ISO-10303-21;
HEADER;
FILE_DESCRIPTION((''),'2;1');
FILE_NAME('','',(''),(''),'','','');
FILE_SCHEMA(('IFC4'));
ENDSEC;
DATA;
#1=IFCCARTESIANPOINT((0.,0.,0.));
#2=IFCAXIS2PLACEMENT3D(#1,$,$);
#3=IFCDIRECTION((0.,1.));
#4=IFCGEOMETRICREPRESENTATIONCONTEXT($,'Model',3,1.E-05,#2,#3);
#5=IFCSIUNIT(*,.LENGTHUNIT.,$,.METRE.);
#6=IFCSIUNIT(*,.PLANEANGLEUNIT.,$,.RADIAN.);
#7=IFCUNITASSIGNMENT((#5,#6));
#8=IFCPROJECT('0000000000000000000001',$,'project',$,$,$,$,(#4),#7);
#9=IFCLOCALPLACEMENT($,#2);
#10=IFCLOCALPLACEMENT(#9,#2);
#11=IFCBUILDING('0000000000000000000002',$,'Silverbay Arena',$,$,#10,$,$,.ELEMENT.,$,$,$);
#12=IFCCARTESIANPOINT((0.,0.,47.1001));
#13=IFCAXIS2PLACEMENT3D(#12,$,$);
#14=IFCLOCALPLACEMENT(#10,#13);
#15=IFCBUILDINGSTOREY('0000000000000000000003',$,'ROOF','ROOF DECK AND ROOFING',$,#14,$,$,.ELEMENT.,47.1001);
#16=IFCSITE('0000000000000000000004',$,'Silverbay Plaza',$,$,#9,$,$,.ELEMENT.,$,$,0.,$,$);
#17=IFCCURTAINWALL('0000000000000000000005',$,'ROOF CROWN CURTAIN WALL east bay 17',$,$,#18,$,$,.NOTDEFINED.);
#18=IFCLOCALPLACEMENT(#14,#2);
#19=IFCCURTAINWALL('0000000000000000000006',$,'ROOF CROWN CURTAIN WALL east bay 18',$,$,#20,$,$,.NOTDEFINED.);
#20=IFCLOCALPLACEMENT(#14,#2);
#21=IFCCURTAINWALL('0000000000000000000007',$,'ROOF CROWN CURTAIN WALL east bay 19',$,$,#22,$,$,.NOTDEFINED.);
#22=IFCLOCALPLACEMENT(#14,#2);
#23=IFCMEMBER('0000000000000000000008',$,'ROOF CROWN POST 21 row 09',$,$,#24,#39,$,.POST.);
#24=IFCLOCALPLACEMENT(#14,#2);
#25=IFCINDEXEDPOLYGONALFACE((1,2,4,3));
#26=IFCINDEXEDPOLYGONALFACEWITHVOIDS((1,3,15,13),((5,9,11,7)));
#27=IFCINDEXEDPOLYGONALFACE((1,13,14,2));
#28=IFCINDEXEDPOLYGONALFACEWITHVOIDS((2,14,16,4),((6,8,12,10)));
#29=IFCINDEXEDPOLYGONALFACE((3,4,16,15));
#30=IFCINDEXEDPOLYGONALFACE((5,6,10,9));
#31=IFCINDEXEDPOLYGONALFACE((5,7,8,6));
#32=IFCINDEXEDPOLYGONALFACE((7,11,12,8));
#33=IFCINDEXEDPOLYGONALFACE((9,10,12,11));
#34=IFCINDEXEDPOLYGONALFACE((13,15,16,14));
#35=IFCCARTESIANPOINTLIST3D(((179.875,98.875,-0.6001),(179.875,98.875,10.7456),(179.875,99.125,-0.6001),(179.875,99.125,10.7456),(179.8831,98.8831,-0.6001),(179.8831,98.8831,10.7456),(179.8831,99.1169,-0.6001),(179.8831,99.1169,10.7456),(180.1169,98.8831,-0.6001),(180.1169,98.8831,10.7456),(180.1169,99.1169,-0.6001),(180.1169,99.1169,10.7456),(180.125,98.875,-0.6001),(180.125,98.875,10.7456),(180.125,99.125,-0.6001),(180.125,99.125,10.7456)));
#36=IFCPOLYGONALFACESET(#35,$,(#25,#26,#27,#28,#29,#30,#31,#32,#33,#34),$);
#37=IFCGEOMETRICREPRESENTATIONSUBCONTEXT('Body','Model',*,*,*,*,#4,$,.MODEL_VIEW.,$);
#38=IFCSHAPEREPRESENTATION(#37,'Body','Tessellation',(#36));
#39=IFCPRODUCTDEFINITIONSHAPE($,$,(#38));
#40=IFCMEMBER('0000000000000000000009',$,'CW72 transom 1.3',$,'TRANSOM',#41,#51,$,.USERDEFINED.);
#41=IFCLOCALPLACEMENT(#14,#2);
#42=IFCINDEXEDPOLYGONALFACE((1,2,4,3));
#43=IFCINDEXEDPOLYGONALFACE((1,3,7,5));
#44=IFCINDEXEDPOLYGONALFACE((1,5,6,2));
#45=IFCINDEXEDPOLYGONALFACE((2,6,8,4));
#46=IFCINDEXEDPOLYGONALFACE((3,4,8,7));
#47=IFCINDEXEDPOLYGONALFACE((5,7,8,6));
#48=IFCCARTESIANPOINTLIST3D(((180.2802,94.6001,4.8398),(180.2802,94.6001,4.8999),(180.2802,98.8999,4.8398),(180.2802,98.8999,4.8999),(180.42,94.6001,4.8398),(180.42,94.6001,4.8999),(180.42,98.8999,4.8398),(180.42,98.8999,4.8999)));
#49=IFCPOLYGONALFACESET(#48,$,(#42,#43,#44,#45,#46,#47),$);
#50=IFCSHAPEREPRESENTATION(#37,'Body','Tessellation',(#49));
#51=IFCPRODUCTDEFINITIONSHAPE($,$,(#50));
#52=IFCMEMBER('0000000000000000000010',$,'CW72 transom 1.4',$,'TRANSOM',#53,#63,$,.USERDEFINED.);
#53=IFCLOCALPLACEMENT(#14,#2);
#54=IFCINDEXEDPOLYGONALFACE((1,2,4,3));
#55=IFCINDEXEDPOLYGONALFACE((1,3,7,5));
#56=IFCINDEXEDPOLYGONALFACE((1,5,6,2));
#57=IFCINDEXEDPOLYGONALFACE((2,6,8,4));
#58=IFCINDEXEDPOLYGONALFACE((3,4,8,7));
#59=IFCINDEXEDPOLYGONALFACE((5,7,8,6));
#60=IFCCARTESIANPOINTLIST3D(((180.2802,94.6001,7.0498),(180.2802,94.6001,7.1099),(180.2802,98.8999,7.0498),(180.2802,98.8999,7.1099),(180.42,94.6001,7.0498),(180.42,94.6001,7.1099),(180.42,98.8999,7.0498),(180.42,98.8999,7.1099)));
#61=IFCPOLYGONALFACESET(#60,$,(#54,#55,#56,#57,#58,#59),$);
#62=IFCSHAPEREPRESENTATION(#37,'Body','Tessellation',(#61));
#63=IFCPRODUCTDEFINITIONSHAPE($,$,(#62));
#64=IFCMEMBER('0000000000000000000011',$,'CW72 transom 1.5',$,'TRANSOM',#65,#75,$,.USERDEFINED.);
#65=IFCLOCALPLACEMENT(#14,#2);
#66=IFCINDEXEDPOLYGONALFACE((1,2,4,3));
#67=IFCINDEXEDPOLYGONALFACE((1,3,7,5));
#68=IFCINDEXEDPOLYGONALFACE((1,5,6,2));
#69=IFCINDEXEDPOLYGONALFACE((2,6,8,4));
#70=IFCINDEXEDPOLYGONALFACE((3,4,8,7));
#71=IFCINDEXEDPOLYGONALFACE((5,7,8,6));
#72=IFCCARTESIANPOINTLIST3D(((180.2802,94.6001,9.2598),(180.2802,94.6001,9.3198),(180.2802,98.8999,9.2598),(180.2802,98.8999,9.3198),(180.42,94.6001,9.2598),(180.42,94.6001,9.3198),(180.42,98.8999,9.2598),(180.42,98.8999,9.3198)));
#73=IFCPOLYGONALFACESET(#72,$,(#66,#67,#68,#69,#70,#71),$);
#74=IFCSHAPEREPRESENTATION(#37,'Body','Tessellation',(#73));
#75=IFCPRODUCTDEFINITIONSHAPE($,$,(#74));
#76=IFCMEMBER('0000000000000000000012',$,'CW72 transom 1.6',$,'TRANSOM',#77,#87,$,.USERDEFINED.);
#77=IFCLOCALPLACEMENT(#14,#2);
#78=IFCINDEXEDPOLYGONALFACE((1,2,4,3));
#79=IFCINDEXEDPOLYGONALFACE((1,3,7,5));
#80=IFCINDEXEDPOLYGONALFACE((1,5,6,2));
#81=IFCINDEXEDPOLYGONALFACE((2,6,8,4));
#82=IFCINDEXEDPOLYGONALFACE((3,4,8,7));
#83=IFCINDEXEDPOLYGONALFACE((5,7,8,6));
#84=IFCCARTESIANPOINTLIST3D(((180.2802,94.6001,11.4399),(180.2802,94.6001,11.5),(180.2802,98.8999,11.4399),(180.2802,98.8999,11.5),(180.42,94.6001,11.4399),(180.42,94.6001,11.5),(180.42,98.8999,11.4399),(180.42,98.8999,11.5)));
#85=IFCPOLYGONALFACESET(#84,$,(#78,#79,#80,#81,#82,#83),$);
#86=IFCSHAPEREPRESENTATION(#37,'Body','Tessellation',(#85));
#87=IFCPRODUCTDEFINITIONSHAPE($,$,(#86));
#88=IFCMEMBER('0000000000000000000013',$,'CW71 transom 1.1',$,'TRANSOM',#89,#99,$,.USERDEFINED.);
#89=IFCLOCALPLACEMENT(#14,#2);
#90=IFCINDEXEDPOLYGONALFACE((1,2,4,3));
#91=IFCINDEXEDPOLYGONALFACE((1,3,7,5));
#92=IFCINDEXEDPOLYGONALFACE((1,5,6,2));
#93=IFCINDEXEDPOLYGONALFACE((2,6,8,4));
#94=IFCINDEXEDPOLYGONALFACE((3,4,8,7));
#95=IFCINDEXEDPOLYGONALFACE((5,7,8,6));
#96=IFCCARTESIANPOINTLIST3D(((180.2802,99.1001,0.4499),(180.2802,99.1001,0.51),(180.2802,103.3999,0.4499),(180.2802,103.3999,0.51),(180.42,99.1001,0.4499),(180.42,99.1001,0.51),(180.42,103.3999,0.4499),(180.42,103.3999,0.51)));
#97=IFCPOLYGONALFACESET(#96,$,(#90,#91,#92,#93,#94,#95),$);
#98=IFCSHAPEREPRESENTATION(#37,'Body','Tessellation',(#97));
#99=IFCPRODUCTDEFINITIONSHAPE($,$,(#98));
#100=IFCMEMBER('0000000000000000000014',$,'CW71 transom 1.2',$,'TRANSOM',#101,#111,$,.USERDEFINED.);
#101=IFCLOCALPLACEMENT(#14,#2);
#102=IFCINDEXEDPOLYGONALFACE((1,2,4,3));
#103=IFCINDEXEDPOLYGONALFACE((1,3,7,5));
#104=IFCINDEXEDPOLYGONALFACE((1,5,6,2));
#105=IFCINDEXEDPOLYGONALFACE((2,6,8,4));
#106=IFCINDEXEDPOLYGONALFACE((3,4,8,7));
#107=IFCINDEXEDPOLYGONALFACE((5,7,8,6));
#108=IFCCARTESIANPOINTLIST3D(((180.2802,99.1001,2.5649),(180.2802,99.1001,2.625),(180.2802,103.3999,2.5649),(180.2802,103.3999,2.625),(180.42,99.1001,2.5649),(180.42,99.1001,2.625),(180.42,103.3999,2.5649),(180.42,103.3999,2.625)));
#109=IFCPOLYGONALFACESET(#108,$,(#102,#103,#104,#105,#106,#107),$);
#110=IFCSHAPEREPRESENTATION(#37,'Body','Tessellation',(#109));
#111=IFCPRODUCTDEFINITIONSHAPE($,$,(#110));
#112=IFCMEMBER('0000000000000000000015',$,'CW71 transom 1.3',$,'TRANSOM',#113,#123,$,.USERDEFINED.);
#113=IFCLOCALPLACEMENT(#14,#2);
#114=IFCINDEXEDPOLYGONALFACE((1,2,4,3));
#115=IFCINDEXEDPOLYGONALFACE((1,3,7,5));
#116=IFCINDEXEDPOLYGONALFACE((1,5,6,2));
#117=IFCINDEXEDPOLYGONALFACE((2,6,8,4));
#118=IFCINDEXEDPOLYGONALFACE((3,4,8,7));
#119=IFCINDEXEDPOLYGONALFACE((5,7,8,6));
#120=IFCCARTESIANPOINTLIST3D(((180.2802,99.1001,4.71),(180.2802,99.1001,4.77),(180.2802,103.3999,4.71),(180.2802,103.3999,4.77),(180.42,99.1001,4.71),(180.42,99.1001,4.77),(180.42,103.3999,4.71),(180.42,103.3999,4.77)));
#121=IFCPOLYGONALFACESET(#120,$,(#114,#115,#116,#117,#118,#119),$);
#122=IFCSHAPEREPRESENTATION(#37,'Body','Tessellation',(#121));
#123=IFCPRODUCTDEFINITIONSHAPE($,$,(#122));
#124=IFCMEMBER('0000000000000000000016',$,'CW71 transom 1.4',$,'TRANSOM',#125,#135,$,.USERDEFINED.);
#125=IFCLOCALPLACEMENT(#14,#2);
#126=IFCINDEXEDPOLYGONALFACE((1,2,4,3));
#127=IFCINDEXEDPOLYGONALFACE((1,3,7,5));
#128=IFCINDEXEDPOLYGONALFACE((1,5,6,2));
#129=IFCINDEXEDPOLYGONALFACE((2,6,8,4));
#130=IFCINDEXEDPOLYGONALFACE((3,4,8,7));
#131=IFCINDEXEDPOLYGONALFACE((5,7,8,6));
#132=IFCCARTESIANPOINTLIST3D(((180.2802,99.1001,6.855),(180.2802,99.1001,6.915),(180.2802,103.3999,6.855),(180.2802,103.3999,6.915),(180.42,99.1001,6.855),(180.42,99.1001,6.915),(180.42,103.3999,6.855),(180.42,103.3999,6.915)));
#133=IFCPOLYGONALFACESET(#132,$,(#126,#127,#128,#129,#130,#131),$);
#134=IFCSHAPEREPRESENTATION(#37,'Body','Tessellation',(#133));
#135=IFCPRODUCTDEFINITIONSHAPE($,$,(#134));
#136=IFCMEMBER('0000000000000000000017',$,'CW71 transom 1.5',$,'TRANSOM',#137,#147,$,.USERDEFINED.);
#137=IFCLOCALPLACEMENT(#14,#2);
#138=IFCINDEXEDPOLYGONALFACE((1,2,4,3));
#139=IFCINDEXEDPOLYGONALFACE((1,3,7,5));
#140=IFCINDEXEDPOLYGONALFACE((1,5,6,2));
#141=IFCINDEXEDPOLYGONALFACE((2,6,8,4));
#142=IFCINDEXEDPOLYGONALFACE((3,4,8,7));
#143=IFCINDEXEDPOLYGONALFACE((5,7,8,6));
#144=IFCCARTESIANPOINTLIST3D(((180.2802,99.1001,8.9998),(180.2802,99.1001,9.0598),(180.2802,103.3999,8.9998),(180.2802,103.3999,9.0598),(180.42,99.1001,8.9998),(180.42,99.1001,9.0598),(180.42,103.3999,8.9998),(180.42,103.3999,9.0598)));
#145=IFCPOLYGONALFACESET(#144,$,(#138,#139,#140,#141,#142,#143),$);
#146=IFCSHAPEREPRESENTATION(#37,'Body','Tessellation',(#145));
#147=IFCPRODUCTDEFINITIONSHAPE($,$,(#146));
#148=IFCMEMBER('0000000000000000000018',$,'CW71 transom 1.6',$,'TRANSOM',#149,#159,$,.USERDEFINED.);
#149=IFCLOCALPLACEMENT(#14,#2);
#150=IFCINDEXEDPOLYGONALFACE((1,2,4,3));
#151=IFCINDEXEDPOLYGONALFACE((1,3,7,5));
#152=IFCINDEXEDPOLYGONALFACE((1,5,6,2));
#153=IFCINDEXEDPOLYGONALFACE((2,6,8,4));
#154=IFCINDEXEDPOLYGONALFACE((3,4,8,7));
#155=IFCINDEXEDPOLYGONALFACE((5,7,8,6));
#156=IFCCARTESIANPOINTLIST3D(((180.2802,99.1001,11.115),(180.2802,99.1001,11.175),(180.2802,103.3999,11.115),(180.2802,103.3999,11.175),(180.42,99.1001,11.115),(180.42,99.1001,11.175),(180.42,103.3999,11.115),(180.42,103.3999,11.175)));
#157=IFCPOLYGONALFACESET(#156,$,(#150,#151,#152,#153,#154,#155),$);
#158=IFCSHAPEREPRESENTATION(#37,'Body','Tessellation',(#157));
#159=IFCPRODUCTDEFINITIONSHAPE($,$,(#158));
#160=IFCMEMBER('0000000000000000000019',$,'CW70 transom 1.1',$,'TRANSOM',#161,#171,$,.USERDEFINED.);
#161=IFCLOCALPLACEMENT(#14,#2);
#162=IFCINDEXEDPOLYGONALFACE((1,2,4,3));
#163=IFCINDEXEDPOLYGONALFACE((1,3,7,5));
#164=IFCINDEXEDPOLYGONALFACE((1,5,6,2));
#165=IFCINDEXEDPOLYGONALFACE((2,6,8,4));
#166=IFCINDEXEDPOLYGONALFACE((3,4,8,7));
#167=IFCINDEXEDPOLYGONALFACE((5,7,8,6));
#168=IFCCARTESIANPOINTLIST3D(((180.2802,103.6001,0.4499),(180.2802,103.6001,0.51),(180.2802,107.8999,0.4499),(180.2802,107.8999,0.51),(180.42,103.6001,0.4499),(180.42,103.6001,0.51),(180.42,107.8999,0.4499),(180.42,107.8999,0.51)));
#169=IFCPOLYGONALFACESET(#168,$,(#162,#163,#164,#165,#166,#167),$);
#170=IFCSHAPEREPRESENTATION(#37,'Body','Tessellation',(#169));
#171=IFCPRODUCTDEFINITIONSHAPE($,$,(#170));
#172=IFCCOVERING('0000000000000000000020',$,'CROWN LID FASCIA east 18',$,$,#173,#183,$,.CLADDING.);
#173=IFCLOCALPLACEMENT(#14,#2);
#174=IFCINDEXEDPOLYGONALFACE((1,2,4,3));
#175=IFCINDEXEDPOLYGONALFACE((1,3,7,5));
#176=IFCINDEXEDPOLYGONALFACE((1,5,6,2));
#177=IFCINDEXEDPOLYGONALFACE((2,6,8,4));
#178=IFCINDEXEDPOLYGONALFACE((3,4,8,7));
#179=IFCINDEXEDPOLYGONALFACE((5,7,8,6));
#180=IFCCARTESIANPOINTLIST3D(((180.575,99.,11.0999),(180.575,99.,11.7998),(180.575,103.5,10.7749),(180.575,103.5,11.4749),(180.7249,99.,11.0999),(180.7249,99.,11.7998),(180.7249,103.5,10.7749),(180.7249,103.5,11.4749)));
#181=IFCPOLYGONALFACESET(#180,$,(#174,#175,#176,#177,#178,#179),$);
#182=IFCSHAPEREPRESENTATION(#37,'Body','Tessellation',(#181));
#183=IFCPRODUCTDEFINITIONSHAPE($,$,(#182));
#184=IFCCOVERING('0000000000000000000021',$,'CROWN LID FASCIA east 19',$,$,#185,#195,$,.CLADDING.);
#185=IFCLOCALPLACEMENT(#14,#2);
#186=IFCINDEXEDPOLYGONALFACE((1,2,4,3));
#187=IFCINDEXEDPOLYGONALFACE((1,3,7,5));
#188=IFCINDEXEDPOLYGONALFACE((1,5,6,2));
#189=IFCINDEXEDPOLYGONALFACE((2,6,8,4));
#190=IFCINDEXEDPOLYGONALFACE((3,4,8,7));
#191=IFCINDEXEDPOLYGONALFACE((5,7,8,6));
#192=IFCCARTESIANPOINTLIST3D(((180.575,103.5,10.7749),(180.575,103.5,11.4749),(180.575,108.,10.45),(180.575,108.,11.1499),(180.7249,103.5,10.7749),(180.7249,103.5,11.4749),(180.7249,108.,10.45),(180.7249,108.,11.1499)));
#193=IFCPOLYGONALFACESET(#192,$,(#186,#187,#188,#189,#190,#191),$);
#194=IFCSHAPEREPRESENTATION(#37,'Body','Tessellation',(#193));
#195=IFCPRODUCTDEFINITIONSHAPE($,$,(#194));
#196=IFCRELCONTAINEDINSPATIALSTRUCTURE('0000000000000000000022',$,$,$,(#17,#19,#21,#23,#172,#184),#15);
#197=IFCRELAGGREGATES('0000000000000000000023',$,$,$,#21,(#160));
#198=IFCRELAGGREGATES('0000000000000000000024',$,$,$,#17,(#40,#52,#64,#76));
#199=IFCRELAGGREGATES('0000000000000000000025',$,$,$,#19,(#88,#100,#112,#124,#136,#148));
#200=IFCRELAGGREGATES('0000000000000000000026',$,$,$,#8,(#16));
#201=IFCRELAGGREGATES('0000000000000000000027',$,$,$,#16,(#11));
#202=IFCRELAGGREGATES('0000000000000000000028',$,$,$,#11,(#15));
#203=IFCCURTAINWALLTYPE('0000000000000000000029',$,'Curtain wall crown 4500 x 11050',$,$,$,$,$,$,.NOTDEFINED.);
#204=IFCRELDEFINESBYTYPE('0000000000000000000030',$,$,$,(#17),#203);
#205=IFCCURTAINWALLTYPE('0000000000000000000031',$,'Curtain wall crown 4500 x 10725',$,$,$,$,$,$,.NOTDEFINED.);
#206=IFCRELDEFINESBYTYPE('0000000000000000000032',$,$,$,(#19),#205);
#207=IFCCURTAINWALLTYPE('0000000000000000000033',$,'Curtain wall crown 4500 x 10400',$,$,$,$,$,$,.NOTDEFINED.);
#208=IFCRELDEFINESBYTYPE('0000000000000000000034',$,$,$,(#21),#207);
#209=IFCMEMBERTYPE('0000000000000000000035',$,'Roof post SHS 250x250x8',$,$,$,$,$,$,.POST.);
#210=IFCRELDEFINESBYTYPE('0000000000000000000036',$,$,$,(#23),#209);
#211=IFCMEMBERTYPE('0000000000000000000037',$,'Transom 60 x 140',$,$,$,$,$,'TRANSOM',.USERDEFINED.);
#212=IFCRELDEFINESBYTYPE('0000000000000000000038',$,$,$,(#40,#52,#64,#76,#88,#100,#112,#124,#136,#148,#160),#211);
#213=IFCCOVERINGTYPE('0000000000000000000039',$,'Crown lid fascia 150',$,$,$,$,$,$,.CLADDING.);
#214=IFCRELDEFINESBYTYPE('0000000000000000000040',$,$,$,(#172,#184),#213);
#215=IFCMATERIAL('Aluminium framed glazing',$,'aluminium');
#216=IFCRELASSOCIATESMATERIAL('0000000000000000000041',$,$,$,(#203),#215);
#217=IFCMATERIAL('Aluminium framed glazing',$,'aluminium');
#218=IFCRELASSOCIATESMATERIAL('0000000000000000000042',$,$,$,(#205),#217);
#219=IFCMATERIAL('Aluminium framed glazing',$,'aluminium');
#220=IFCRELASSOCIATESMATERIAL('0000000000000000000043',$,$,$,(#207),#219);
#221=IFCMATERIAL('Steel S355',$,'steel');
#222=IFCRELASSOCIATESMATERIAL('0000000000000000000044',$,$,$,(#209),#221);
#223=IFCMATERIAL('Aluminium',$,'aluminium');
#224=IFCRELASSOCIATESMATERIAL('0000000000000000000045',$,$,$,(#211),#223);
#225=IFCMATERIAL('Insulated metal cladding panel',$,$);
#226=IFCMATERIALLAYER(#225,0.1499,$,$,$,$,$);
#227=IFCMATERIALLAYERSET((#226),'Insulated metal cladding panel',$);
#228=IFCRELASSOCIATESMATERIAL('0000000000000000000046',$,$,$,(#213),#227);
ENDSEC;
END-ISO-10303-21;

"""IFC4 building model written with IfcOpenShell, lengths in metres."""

from ifc_helpers import new_model, si_unit, direction, frame, origin, origin_2d, place, context, subcontext, project, spatial, polyline, rectangle, hollow_rectangle, outline, extrude, material, layer, layer_set, material_profile, profile_set, type_object, element, aggregate, save


model = new_model("IFC4")

# Units and contexts
model_context = context("Model", 3, precision=1e-05, world=origin(), true_north=direction((0.0, 1.0)))
body_context = subcontext(model_context, "Body", "Model", "MODEL_VIEW")
ifc_project = project(units=[si_unit("LENGTHUNIT", "METRE"), si_unit("PLANEANGLEUNIT", "RADIAN")], contexts=[model_context])

# Site, building, storey
site_placement = place(None, origin())
site = spatial("IfcSite", under=ifc_project, at=site_placement, Name="Silverbay Plaza", CompositionType="ELEMENT", RefElevation=0.0)
building_placement = place(site_placement, origin())
building = spatial("IfcBuilding", under=site, at=building_placement, Name="Silverbay Arena", CompositionType="ELEMENT")
storey_placement = place(building_placement, frame((0.0, 0.0, 47.1001)))
storey = spatial("IfcBuildingStorey", under=building, at=storey_placement, Name="ROOF", Description="ROOF DECK AND ROOFING", CompositionType="ELEMENT", Elevation=47.1001)

# Curtain wall
ifc_material_1 = material(Name="Aluminium framed glazing", Category="aluminium")
curtain_wall_type_1 = type_object("IfcCurtainWallType", Name="Curtain wall crown 4500 x 11050", PredefinedType="NOTDEFINED", material=ifc_material_1)
curtain_wall_1_placement = place(storey_placement, origin())
curtain_wall_1 = element("IfcCurtainWall", 1, at=curtain_wall_1_placement, inside=storey, type_object=curtain_wall_type_1, Name="ROOF CROWN CURTAIN WALL east bay 17", PredefinedType="NOTDEFINED")
placement = place(building_placement, frame((0.0, 0.0, 33.5)))

# Curtain wall
ifc_material_2 = material(Name="Aluminium framed glazing", Category="aluminium")
curtain_wall_type_2 = type_object("IfcCurtainWallType", Name="Curtain wall crown 4500 x 10725", PredefinedType="NOTDEFINED", material=ifc_material_2)
curtain_wall_2_placement = place(storey_placement, origin())
curtain_wall_2 = element("IfcCurtainWall", 2, at=curtain_wall_2_placement, inside=storey, type_object=curtain_wall_type_2, Name="ROOF CROWN CURTAIN WALL east bay 18", PredefinedType="NOTDEFINED")

# Curtain wall
ifc_material_3 = material(Name="Aluminium framed glazing", Category="aluminium")
curtain_wall_type_3 = type_object("IfcCurtainWallType", Name="Curtain wall crown 4500 x 10400", PredefinedType="NOTDEFINED", material=ifc_material_3)
curtain_wall_3_placement = place(storey_placement, origin())
curtain_wall_3 = element("IfcCurtainWall", 3, at=curtain_wall_3_placement, inside=storey, type_object=curtain_wall_type_3, Name="ROOF CROWN CURTAIN WALL east bay 19", PredefinedType="NOTDEFINED")

# Member
ifc_material_4 = material(Name="Steel S355", Category="steel")
ifc_material_profile_1 = material_profile(ifc_material_4, hollow_rectangle(XDim=0.25, YDim=0.25, WallThickness=0.0081, at=origin_2d()), Name="SHS 250x250x8")
ifc_profile_set_1 = profile_set([ifc_material_profile_1], Name="Steel S355")
member_type_1 = type_object("IfcMemberType", Name="Roof post SHS 250x250x8", PredefinedType="POST", material=ifc_profile_set_1)
member_1_placement = place(storey_placement, frame((180.0, 99.0, -0.6001), z_axis=(0.0, 0.0, 1.0), x_axis=(1.0, 0.0, 0.0)))
element("IfcMember", 4, at=member_1_placement, inside=storey, type_object=member_type_1, Name="ROOF CROWN POST 21 row 09", PredefinedType="POST", context=body_context, shape_type="SweptSolid", body=[
    extrude(hollow_rectangle(XDim=0.25, YDim=0.25, WallThickness=0.0081, at=origin_2d()), origin(), (0.0, 0.0, 1.0), 11.3457),
])

# Members
ifc_material_5 = material(Name="Aluminium", Category="aluminium")
ifc_material_profile_2 = material_profile(ifc_material_5, rectangle(XDim=0.1399, YDim=0.0601, at=origin_2d()), Name="Transom 60 x 140")
ifc_profile_set_2 = profile_set([ifc_material_profile_2], Name="Aluminium")
member_type_2 = type_object("IfcMemberType", Name="Transom 60 x 140", ElementType="TRANSOM", PredefinedType="USERDEFINED", material=ifc_profile_set_2)
member_2_placement = place(placement, frame((180.3501, 94.6001, 18.47), z_axis=(0.0, 1.0, 0.0), x_axis=(-1.0, 0.0, 0.0)))
member_2 = element("IfcMember", 5, at=member_2_placement, type_object=member_type_2, Name="CW72 transom 1.3", ObjectType="TRANSOM", PredefinedType="USERDEFINED", context=body_context, shape_type="SweptSolid", body=[
    extrude(rectangle(XDim=0.1399, YDim=0.0601, at=origin_2d()), origin(), (0.0, 0.0, 1.0), 4.2998),
])
member_3_placement = place(placement, frame((180.3501, 94.6001, 20.6799), z_axis=(0.0, 1.0, 0.0), x_axis=(-1.0, 0.0, 0.0)))
member_3 = element("IfcMember", 6, at=member_3_placement, type_object=member_type_2, Name="CW72 transom 1.4", ObjectType="TRANSOM", PredefinedType="USERDEFINED", context=body_context, shape_type="SweptSolid", body=[
    extrude(rectangle(XDim=0.1399, YDim=0.0601, at=origin_2d()), origin(), (0.0, 0.0, 1.0), 4.2998),
])
member_4_placement = place(placement, frame((180.3501, 94.6001, 22.8899), z_axis=(0.0, 1.0, 0.0), x_axis=(-1.0, 0.0, 0.0)))
member_4 = element("IfcMember", 7, at=member_4_placement, type_object=member_type_2, Name="CW72 transom 1.5", ObjectType="TRANSOM", PredefinedType="USERDEFINED", context=body_context, shape_type="SweptSolid", body=[
    extrude(rectangle(XDim=0.1399, YDim=0.0601, at=origin_2d()), origin(), (0.0, 0.0, 1.0), 4.2998),
])
member_5_placement = place(placement, frame((180.3501, 94.6001, 25.0701), z_axis=(0.0, 1.0, 0.0), x_axis=(-1.0, 0.0, 0.0)))
member_5 = element("IfcMember", 8, at=member_5_placement, type_object=member_type_2, Name="CW72 transom 1.6", ObjectType="TRANSOM", PredefinedType="USERDEFINED", context=body_context, shape_type="SweptSolid", body=[
    extrude(rectangle(XDim=0.1399, YDim=0.0601, at=origin_2d()), origin(), (0.0, 0.0, 1.0), 4.2998),
])
member_6_placement = place(placement, frame((180.3501, 99.1001, 14.0801), z_axis=(0.0, 1.0, 0.0), x_axis=(-1.0, 0.0, 0.0)))
member_6 = element("IfcMember", 9, at=member_6_placement, type_object=member_type_2, Name="CW71 transom 1.1", ObjectType="TRANSOM", PredefinedType="USERDEFINED", context=body_context, shape_type="SweptSolid", body=[
    extrude(rectangle(XDim=0.1399, YDim=0.0601, at=origin_2d()), origin(), (0.0, 0.0, 1.0), 4.2998),
])
member_7_placement = place(placement, frame((180.3501, 99.1001, 16.1951), z_axis=(0.0, 1.0, 0.0), x_axis=(-1.0, 0.0, 0.0)))
member_7 = element("IfcMember", 10, at=member_7_placement, type_object=member_type_2, Name="CW71 transom 1.2", ObjectType="TRANSOM", PredefinedType="USERDEFINED", context=body_context, shape_type="SweptSolid", body=[
    extrude(rectangle(XDim=0.1399, YDim=0.0601, at=origin_2d()), origin(), (0.0, 0.0, 1.0), 4.2998),
])
member_8_placement = place(placement, frame((180.3501, 99.1001, 18.3401), z_axis=(0.0, 1.0, 0.0), x_axis=(-1.0, 0.0, 0.0)))
member_8 = element("IfcMember", 11, at=member_8_placement, type_object=member_type_2, Name="CW71 transom 1.3", ObjectType="TRANSOM", PredefinedType="USERDEFINED", context=body_context, shape_type="SweptSolid", body=[
    extrude(rectangle(XDim=0.1399, YDim=0.0601, at=origin_2d()), origin(), (0.0, 0.0, 1.0), 4.2998),
])
member_9_placement = place(placement, frame((180.3501, 99.1001, 20.4851), z_axis=(0.0, 1.0, 0.0), x_axis=(-1.0, 0.0, 0.0)))
member_9 = element("IfcMember", 12, at=member_9_placement, type_object=member_type_2, Name="CW71 transom 1.4", ObjectType="TRANSOM", PredefinedType="USERDEFINED", context=body_context, shape_type="SweptSolid", body=[
    extrude(rectangle(XDim=0.1399, YDim=0.0601, at=origin_2d()), origin(), (0.0, 0.0, 1.0), 4.2998),
])
member_10_placement = place(placement, frame((180.3501, 99.1001, 22.6299), z_axis=(0.0, 1.0, 0.0), x_axis=(-1.0, 0.0, 0.0)))
member_10 = element("IfcMember", 13, at=member_10_placement, type_object=member_type_2, Name="CW71 transom 1.5", ObjectType="TRANSOM", PredefinedType="USERDEFINED", context=body_context, shape_type="SweptSolid", body=[
    extrude(rectangle(XDim=0.1399, YDim=0.0601, at=origin_2d()), origin(), (0.0, 0.0, 1.0), 4.2998),
])
member_11_placement = place(placement, frame((180.3501, 99.1001, 24.7451), z_axis=(0.0, 1.0, 0.0), x_axis=(-1.0, 0.0, 0.0)))
member_11 = element("IfcMember", 14, at=member_11_placement, type_object=member_type_2, Name="CW71 transom 1.6", ObjectType="TRANSOM", PredefinedType="USERDEFINED", context=body_context, shape_type="SweptSolid", body=[
    extrude(rectangle(XDim=0.1399, YDim=0.0601, at=origin_2d()), origin(), (0.0, 0.0, 1.0), 4.2998),
])
member_12_placement = place(placement, frame((180.3501, 103.6001, 14.0801), z_axis=(0.0, 1.0, 0.0), x_axis=(-1.0, 0.0, 0.0)))
member_12 = element("IfcMember", 15, at=member_12_placement, type_object=member_type_2, Name="CW70 transom 1.1", ObjectType="TRANSOM", PredefinedType="USERDEFINED", context=body_context, shape_type="SweptSolid", body=[
    extrude(rectangle(XDim=0.1399, YDim=0.0601, at=origin_2d()), origin(), (0.0, 0.0, 1.0), 4.2998),
])
aggregate(curtain_wall_3, [member_12])

aggregate(curtain_wall_1, [member_2, member_3, member_4, member_5])
aggregate(curtain_wall_2, [member_6, member_7, member_8, member_9, member_10, member_11])

# Coverings
ifc_material_6 = material(Name="Insulated metal cladding panel")
ifc_layer_1 = layer(ifc_material_6, 0.1499)
ifc_layer_set_1 = layer_set([ifc_layer_1], Name="Insulated metal cladding panel")
covering_type = type_object("IfcCoveringType", Name="Crown lid fascia 150", PredefinedType="CLADDING", material=ifc_layer_set_1)
for number, where, z_axis, x_axis, name in (
    (16, (180.575, 99.0, 11.7998), (-1.0, 0.0, 0.0), (0.0, 0.997403, -0.072024), "CROWN LID FASCIA east 18"),
    (17, (180.575, 103.5, 11.4749), (-1.0, 0.0, 0.0), (0.0, 0.997403, -0.072024), "CROWN LID FASCIA east 19"),
):
    element("IfcCovering", number, at=place(storey_placement, frame(where, z_axis=z_axis, x_axis=x_axis)), inside=storey, type_object=covering_type, Name=name, PredefinedType="CLADDING", context=body_context, shape_type="SweptSolid", body=[
        extrude(outline(polyline([(0.0, 0.0), (4.5117, 0.0), (4.5621, 0.6981), (0.0504, 0.6981), (0.0, 0.0)])), origin(), (0.0, 0.0, -1.0), 0.1499),
    ])

save(model, "model.ifc")
